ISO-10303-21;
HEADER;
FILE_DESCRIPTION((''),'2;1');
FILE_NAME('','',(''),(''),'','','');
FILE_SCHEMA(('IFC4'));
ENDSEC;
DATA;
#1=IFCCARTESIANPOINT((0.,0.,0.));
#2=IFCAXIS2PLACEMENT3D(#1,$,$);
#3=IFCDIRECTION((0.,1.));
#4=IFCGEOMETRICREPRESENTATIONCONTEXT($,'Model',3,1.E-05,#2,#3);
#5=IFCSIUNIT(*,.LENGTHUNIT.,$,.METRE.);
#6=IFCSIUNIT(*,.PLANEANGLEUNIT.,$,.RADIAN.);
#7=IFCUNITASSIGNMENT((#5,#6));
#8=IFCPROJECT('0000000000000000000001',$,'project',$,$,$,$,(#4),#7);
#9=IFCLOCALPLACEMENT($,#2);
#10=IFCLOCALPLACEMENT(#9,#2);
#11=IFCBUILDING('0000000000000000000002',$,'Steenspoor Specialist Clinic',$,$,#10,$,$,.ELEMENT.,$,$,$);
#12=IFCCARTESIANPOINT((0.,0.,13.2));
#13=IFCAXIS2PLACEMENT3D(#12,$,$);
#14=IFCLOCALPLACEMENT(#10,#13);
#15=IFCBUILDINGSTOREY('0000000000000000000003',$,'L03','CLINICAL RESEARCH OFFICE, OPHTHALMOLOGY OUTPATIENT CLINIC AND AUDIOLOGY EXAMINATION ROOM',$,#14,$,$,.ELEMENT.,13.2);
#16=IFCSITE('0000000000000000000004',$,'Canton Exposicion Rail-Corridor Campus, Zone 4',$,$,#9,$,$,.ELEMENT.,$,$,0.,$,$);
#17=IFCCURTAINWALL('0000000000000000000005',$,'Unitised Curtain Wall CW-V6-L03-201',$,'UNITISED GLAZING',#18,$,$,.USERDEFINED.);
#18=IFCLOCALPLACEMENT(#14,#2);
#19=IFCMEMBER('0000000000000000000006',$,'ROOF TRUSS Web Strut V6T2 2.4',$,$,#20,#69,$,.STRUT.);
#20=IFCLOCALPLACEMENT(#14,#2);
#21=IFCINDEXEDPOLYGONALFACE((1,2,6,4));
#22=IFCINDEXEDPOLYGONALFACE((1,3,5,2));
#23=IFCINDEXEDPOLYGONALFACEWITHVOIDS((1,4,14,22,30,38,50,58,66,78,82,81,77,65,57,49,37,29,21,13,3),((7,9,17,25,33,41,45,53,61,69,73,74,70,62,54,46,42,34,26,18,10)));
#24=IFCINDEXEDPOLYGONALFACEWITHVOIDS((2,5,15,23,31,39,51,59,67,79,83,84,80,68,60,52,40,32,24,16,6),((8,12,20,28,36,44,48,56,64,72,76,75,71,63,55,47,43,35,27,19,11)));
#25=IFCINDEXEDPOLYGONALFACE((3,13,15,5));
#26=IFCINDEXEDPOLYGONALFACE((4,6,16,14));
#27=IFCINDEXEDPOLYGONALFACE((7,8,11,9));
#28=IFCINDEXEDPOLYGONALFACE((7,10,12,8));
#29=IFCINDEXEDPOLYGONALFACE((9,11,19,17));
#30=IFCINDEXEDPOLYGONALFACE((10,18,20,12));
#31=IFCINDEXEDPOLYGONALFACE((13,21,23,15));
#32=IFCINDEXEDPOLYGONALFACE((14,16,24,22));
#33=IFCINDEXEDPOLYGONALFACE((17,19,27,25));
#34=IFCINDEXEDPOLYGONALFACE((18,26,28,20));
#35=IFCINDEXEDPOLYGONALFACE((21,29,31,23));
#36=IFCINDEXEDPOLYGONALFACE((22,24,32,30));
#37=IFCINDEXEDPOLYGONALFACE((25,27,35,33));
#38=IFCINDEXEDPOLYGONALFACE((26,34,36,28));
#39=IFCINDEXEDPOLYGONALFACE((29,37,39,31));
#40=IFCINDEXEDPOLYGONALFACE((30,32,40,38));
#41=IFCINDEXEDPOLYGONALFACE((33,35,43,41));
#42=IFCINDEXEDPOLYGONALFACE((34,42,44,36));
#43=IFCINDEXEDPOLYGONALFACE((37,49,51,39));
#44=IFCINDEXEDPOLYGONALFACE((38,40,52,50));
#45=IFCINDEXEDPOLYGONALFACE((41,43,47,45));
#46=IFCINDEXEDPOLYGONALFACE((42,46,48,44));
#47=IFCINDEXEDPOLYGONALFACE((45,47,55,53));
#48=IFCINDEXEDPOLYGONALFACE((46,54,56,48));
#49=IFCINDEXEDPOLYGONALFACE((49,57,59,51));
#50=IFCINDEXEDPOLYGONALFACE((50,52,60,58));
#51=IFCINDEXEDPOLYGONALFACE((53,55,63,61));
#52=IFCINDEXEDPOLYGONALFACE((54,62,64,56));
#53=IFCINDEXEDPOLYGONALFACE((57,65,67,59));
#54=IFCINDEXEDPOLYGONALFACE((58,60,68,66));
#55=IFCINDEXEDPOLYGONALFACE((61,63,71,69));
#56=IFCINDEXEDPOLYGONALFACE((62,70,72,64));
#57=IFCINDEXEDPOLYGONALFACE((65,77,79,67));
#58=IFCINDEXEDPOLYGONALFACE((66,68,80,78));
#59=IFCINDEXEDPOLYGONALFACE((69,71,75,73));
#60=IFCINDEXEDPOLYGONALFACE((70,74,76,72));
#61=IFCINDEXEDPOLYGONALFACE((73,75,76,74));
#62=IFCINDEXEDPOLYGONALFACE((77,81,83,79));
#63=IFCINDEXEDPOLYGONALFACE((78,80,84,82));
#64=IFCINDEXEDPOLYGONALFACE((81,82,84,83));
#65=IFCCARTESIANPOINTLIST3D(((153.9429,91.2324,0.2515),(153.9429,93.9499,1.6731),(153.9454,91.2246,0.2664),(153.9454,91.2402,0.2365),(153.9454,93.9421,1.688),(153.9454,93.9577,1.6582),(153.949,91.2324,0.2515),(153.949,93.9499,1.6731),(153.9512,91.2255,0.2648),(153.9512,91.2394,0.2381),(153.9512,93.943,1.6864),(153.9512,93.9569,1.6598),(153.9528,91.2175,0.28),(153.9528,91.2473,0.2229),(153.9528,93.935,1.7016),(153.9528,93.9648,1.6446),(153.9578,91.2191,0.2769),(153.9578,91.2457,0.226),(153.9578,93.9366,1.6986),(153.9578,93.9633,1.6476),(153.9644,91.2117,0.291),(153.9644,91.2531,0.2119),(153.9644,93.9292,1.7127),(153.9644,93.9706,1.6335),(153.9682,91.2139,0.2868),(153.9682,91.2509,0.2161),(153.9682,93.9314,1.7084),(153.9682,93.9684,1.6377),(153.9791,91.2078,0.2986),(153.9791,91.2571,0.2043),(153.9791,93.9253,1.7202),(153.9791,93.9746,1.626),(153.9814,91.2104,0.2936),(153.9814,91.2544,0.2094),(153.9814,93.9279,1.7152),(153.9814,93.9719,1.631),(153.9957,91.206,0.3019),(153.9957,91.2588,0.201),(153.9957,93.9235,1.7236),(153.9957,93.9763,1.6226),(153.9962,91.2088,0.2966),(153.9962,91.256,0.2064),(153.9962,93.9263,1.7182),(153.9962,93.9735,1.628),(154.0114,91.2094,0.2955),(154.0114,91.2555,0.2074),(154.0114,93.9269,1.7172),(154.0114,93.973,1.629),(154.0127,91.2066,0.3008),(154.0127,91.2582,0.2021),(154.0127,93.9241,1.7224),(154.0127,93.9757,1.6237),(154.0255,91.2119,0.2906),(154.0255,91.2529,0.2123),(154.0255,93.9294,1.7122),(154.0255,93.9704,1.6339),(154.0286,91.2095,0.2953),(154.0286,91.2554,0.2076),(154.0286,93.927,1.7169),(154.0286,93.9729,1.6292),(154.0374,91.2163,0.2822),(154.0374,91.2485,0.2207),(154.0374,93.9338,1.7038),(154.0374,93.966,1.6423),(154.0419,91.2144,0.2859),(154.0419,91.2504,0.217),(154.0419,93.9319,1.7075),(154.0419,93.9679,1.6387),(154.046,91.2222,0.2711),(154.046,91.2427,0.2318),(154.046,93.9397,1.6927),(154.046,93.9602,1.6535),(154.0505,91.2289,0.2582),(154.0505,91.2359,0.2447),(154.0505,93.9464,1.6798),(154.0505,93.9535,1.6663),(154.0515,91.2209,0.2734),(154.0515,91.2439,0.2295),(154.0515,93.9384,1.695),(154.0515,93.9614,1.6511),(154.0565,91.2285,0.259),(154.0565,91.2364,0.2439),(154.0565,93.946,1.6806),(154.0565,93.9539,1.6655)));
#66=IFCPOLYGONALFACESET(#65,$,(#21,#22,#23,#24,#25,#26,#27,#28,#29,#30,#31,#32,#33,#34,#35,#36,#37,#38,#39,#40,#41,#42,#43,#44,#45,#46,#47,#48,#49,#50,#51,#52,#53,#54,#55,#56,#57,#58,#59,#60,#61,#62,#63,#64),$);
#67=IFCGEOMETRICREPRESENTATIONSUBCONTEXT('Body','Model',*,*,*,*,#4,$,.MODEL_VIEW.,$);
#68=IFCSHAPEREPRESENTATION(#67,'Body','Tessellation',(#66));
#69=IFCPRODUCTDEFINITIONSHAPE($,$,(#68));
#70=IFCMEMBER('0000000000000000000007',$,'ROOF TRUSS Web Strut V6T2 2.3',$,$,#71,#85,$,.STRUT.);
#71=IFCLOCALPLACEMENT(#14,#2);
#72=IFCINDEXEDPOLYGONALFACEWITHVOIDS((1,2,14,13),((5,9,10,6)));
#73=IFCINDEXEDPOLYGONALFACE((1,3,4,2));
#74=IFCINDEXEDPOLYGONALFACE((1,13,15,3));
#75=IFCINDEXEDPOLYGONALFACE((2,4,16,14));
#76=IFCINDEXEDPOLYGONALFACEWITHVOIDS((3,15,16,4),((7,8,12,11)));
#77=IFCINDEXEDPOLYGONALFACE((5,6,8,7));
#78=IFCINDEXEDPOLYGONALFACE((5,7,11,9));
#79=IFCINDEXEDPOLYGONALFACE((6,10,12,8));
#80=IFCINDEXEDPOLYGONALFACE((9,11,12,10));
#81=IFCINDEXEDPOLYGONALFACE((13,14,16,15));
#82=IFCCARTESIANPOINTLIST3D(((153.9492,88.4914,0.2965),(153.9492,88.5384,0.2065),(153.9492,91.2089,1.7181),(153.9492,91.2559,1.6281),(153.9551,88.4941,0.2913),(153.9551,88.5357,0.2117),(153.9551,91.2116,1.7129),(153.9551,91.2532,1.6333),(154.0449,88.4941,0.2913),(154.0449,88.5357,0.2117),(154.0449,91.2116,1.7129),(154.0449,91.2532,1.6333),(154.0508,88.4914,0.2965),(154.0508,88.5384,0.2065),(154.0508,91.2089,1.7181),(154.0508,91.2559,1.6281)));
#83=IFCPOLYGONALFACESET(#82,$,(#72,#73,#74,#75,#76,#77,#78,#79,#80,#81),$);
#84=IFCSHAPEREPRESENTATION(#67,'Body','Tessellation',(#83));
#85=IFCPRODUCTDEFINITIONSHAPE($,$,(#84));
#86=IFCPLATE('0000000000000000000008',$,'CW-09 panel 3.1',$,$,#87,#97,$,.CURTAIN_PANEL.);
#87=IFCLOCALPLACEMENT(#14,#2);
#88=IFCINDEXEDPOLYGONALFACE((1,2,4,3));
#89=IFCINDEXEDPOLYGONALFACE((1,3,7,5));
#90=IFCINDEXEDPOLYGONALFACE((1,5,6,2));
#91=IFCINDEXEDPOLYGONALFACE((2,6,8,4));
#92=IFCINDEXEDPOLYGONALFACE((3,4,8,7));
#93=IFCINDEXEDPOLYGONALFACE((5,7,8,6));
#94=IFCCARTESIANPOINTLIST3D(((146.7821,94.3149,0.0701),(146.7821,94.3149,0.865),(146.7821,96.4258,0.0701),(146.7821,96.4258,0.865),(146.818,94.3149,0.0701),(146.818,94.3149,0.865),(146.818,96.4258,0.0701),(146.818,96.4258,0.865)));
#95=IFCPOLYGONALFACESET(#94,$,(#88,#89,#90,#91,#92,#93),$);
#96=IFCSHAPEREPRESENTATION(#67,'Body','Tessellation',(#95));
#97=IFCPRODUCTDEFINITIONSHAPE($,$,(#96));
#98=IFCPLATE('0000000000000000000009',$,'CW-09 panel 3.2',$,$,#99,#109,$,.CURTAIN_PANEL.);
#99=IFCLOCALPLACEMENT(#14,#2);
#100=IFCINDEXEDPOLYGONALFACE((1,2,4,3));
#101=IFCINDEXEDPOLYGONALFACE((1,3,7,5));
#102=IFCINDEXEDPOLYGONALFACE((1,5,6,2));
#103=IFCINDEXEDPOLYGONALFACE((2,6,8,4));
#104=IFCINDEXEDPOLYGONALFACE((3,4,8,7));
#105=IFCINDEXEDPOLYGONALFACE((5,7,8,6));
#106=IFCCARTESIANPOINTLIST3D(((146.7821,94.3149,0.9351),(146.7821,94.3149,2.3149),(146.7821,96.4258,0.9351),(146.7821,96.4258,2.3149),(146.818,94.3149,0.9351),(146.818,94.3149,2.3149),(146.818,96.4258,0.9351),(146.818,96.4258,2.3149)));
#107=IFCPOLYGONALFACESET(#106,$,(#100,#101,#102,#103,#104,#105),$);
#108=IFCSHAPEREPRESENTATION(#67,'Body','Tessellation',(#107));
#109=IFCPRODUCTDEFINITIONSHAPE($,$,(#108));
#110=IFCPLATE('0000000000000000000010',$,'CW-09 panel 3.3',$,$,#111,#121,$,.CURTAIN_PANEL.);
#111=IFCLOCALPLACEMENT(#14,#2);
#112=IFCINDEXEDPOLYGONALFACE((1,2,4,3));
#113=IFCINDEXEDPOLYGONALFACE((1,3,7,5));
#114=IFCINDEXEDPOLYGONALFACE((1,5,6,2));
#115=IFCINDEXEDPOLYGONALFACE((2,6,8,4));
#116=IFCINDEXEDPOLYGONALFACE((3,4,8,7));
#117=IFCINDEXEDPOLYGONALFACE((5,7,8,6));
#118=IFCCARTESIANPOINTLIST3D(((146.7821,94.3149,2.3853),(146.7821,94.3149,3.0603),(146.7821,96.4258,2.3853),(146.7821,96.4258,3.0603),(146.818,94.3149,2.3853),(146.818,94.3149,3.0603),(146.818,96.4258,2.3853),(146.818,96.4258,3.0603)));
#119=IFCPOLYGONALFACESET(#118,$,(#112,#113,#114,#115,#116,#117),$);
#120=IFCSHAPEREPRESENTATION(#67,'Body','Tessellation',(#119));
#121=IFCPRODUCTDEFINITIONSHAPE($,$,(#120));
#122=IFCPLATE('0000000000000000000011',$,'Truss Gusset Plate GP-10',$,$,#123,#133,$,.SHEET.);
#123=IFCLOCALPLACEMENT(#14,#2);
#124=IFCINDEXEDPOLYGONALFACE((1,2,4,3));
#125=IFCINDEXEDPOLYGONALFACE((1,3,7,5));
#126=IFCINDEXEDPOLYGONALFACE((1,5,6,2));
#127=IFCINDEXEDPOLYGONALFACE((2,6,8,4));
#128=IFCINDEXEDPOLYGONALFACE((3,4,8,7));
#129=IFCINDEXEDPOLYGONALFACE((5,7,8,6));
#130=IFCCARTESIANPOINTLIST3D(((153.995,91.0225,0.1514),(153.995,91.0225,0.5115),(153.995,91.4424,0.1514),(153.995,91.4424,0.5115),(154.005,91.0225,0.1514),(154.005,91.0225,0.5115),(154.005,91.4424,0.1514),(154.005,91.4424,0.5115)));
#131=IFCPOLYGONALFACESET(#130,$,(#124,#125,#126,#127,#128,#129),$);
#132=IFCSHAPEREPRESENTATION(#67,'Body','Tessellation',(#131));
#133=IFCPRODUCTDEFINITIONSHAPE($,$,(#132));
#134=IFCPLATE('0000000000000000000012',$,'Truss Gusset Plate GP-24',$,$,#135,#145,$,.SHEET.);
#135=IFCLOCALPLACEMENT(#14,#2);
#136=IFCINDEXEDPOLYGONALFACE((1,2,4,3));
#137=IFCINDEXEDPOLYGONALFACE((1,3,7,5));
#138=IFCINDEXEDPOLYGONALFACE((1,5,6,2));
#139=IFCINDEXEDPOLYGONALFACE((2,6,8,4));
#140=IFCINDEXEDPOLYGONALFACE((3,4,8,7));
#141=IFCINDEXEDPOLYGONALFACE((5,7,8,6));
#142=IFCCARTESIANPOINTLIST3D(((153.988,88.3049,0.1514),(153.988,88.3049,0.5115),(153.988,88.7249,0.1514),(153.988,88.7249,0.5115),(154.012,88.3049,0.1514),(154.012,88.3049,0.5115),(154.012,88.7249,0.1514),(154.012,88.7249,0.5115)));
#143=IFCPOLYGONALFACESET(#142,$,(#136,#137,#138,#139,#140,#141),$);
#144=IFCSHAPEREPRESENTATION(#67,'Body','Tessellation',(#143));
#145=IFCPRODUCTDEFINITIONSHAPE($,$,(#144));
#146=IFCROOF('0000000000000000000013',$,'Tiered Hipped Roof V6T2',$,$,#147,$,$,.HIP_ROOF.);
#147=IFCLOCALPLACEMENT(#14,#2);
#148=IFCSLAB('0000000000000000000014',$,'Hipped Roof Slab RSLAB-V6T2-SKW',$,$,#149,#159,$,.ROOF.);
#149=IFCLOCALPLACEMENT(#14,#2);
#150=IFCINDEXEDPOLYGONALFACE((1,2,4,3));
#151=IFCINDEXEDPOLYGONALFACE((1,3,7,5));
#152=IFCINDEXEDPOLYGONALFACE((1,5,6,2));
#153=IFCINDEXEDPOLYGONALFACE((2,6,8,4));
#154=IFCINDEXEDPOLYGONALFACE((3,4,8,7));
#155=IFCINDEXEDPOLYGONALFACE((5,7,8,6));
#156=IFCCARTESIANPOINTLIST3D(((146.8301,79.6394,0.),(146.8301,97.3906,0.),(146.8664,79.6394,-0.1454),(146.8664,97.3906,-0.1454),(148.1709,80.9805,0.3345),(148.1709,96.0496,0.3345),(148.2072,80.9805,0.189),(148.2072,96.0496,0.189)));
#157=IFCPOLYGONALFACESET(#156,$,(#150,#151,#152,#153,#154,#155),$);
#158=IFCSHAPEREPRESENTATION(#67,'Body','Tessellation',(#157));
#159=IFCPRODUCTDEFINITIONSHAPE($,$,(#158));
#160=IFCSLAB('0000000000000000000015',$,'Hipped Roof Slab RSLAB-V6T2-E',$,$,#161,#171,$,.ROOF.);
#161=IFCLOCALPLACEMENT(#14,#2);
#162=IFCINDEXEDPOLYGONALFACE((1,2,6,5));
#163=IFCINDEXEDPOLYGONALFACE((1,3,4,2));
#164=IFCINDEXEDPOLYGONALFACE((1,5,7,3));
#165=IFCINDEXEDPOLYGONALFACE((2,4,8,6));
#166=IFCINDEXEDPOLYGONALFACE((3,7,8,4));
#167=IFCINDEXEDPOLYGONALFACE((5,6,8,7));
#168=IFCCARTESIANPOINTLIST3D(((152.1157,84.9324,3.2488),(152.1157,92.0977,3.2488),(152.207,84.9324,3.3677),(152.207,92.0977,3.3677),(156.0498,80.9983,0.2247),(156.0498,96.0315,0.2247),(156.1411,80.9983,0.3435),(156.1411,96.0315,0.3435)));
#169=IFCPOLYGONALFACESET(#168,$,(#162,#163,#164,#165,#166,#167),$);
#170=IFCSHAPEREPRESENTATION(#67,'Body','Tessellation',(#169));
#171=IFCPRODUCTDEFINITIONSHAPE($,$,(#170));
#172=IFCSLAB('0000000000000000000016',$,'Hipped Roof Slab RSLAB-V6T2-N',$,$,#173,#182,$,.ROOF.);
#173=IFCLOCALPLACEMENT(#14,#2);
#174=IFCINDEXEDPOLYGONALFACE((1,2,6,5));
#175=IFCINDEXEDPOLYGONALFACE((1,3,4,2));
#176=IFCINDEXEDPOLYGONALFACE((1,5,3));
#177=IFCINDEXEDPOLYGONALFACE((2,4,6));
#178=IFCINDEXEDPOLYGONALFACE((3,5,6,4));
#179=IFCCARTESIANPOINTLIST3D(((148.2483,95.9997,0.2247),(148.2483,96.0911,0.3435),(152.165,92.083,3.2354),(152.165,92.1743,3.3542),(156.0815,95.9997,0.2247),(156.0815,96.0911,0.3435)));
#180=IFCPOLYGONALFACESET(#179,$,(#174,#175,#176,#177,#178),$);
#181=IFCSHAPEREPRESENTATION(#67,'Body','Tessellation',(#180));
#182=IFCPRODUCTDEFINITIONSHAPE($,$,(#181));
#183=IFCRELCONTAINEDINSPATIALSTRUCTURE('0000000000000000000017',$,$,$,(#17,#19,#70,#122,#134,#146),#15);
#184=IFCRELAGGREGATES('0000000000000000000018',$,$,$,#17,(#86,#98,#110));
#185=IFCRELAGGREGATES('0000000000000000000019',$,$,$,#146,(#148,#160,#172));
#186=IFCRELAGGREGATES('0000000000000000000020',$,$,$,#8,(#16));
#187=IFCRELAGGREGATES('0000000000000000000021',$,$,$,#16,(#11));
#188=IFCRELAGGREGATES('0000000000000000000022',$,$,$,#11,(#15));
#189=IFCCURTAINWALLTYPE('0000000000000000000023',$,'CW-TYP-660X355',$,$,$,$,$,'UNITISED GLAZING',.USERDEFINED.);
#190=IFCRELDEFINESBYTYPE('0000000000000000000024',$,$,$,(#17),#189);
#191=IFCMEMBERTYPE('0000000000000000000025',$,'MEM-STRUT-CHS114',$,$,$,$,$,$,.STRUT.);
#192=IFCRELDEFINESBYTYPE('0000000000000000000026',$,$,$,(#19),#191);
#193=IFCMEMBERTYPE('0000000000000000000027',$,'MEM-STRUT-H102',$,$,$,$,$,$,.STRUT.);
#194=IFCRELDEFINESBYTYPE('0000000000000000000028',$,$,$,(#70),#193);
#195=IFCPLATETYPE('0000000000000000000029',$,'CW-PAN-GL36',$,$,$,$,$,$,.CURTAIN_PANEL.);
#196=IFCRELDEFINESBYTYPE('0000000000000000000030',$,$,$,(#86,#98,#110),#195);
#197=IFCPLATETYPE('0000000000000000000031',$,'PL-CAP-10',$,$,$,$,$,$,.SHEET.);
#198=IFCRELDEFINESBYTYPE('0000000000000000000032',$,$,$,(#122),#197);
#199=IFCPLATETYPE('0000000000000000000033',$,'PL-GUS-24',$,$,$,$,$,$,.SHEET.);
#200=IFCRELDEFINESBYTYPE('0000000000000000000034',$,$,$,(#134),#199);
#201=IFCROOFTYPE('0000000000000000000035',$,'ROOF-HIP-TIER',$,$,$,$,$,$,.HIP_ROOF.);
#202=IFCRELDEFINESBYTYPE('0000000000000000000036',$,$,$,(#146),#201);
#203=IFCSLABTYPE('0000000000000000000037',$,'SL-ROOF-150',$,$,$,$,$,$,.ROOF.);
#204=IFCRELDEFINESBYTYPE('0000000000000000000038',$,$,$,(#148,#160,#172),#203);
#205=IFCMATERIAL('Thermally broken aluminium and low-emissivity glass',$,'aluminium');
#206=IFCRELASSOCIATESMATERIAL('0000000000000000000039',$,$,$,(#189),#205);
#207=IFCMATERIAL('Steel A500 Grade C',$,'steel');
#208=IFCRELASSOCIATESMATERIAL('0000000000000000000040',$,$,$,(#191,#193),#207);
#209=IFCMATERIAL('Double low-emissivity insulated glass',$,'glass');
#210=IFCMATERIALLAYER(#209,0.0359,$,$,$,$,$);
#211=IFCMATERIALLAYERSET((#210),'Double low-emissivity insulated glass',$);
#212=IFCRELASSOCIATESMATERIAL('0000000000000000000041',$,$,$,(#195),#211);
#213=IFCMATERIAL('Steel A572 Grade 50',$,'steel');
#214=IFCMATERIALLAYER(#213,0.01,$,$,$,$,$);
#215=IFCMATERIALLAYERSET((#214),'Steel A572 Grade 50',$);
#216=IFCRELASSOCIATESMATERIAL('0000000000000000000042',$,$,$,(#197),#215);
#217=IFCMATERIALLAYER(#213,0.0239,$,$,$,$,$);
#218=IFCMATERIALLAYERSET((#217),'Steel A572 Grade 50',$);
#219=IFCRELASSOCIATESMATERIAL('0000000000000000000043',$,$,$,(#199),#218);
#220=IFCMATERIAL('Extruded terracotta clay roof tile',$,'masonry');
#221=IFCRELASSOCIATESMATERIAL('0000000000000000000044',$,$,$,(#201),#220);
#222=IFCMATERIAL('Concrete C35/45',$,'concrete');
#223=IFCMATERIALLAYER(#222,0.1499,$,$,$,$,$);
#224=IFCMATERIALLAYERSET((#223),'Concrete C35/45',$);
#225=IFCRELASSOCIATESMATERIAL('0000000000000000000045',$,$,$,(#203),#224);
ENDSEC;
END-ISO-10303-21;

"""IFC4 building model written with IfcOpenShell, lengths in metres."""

from ifc_helpers import new_model, si_unit, direction, frame, origin, origin_2d, place, context, subcontext, project, spatial, polyline, rectangle, hollow_rectangle, hollow_circle, outline, extrude, material, layer, layer_set, material_profile, profile_set, type_object, element, aggregate, save


model = new_model("IFC4")

# Units and contexts
model_context = context("Model", 3, precision=1e-05, world=origin(), true_north=direction((0.0, 1.0)))
body_context = subcontext(model_context, "Body", "Model", "MODEL_VIEW")
ifc_project = project(units=[si_unit("LENGTHUNIT", "METRE"), si_unit("PLANEANGLEUNIT", "RADIAN")], contexts=[model_context])

# Site, building, storey
site_placement = place(None, origin())
site = spatial("IfcSite", under=ifc_project, at=site_placement, Name="Canton Exposicion Rail-Corridor Campus, Zone 4", CompositionType="ELEMENT", RefElevation=0.0)
building_placement = place(site_placement, origin())
building = spatial("IfcBuilding", under=site, at=building_placement, Name="Steenspoor Specialist Clinic", CompositionType="ELEMENT")
storey_placement = place(building_placement, frame((0.0, 0.0, 13.2)))
storey = spatial("IfcBuildingStorey", under=building, at=storey_placement, Name="L03", Description="CLINICAL RESEARCH OFFICE, OPHTHALMOLOGY OUTPATIENT CLINIC AND AUDIOLOGY EXAMINATION ROOM", CompositionType="ELEMENT", Elevation=13.2)

# Curtain wall
ifc_material_1 = material(Name="Thermally broken aluminium and low-emissivity glass", Category="aluminium")
curtain_wall_type = type_object("IfcCurtainWallType", Name="CW-TYP-660X355", ElementType="UNITISED GLAZING", PredefinedType="USERDEFINED", material=ifc_material_1)
curtain_wall_placement = place(storey_placement, origin())
curtain_wall = element("IfcCurtainWall", 1, at=curtain_wall_placement, inside=storey, type_object=curtain_wall_type, Name="Unitised Curtain Wall CW-V6-L03-201", ObjectType="UNITISED GLAZING", PredefinedType="USERDEFINED")

# Members
ifc_material_2 = material(Name="Steel A500 Grade C", Category="steel")
ifc_material_profile_1 = material_profile(ifc_material_2, hollow_circle(Radius=0.0571, WallThickness=0.0061, at=origin_2d()), Name="CHS114X6.0")
ifc_profile_set_1 = profile_set([ifc_material_profile_1], Name="Steel A500 Grade C")
member_type_1 = type_object("IfcMemberType", Name="MEM-STRUT-CHS114", PredefinedType="STRUT", material=ifc_profile_set_1)
member_1_placement = place(storey_placement, frame((154.0, 91.2324, 0.2515), z_axis=(0.0, 0.886078, 0.463537), x_axis=(-1.0, 0.0, 0.0)))
element("IfcMember", 2, at=member_1_placement, inside=storey, type_object=member_type_1, Name="ROOF TRUSS Web Strut V6T2 2.4", PredefinedType="STRUT", context=body_context, shape_type="SweptSolid", body=[
    extrude(hollow_circle(Radius=0.0571, WallThickness=0.0061, at=origin_2d()), origin(), (0.0, 0.0, 1.0), 3.0669),
])
ifc_material_profile_2 = material_profile(ifc_material_2, hollow_rectangle(XDim=0.1016, YDim=0.1016, WallThickness=0.0059, at=origin_2d()), Name="HSS102X102X6.4")
ifc_profile_set_2 = profile_set([ifc_material_profile_2], Name="Steel A500 Grade C")
member_type_2 = type_object("IfcMemberType", Name="MEM-STRUT-H102", PredefinedType="STRUT", material=ifc_profile_set_2)
member_2_placement = place(storey_placement, frame((154.0, 88.5149, 0.2515), z_axis=(0.0, 0.886078, 0.463537), x_axis=(-1.0, 0.0, 0.0)))
element("IfcMember", 3, at=member_2_placement, inside=storey, type_object=member_type_2, Name="ROOF TRUSS Web Strut V6T2 2.3", PredefinedType="STRUT", context=body_context, shape_type="SweptSolid", body=[
    extrude(hollow_rectangle(XDim=0.1016, YDim=0.1016, WallThickness=0.0059, at=origin_2d()), origin(), (0.0, 0.0, 1.0), 3.0669),
])

# Plates
ifc_material_3 = material(Name="Double low-emissivity insulated glass", Category="glass")
ifc_layer_1 = layer(ifc_material_3, 0.0359)
ifc_layer_set_1 = layer_set([ifc_layer_1], Name="Double low-emissivity insulated glass")
plate_type_1 = type_object("IfcPlateType", Name="CW-PAN-GL36", PredefinedType="CURTAIN_PANEL", material=ifc_layer_set_1)
plate_1_placement = place(storey_placement, frame((146.8, 95.3704, 0.0701), z_axis=(0.0, 0.0, 1.0), x_axis=(0.0, -1.0, 0.0)))
plate_1 = element("IfcPlate", 4, at=plate_1_placement, type_object=plate_type_1, Name="CW-09 panel 3.1", PredefinedType="CURTAIN_PANEL", context=body_context, shape_type="SweptSolid", body=[
    extrude(rectangle(XDim=2.1108, YDim=0.0359, at=origin_2d()), origin(), (0.0, 0.0, 1.0), 0.7949),
])
plate_2_placement = place(storey_placement, frame((146.8, 95.3704, 0.9351), z_axis=(0.0, 0.0, 1.0), x_axis=(0.0, -1.0, 0.0)))
plate_2 = element("IfcPlate", 5, at=plate_2_placement, type_object=plate_type_1, Name="CW-09 panel 3.2", PredefinedType="CURTAIN_PANEL", context=body_context, shape_type="SweptSolid", body=[
    extrude(rectangle(XDim=2.1108, YDim=0.0359, at=origin_2d()), origin(), (0.0, 0.0, 1.0), 1.3799),
])
plate_3_placement = place(storey_placement, frame((146.8, 95.3704, 2.3853), z_axis=(0.0, 0.0, 1.0), x_axis=(0.0, -1.0, 0.0)))
plate_3 = element("IfcPlate", 6, at=plate_3_placement, type_object=plate_type_1, Name="CW-09 panel 3.3", PredefinedType="CURTAIN_PANEL", context=body_context, shape_type="SweptSolid", body=[
    extrude(rectangle(XDim=2.1108, YDim=0.0359, at=origin_2d()), origin(), (0.0, 0.0, 1.0), 0.675),
])
aggregate(curtain_wall, [plate_1, plate_2, plate_3])

# Plates
ifc_material_4 = material(Name="Steel A572 Grade 50", Category="steel")
ifc_layer_2 = layer(ifc_material_4, 0.01)
ifc_layer_set_2 = layer_set([ifc_layer_2], Name="Steel A572 Grade 50")
plate_type_2 = type_object("IfcPlateType", Name="PL-CAP-10", PredefinedType="SHEET", material=ifc_layer_set_2)
plate_4_placement = place(storey_placement, frame((154.0, 91.2324, 0.1514), z_axis=(0.0, 0.0, 1.0), x_axis=(1.0, 0.0, 0.0)))
element("IfcPlate", 7, at=plate_4_placement, inside=storey, type_object=plate_type_2, Name="Truss Gusset Plate GP-10", PredefinedType="SHEET", context=body_context, shape_type="SweptSolid", body=[
    extrude(rectangle(XDim=0.01, YDim=0.4199, at=origin_2d()), origin(), (0.0, 0.0, 1.0), 0.3601),
])
ifc_layer_3 = layer(ifc_material_4, 0.0239)
ifc_layer_set_3 = layer_set([ifc_layer_3], Name="Steel A572 Grade 50")
plate_type_3 = type_object("IfcPlateType", Name="PL-GUS-24", PredefinedType="SHEET", material=ifc_layer_set_3)
plate_5_placement = place(storey_placement, frame((154.0, 88.5149, 0.1514), z_axis=(0.0, 0.0, 1.0), x_axis=(1.0, 0.0, 0.0)))
element("IfcPlate", 8, at=plate_5_placement, inside=storey, type_object=plate_type_3, Name="Truss Gusset Plate GP-24", PredefinedType="SHEET", context=body_context, shape_type="SweptSolid", body=[
    extrude(rectangle(XDim=0.0239, YDim=0.4199, at=origin_2d()), origin(), (0.0, 0.0, 1.0), 0.3601),
])

# Roof, slabs
ifc_material_5 = material(Name="Extruded terracotta clay roof tile", Category="masonry")
roof_type = type_object("IfcRoofType", Name="ROOF-HIP-TIER", PredefinedType="HIP_ROOF", material=ifc_material_5)
roof_placement = place(storey_placement, origin())
roof = element("IfcRoof", 9, at=roof_placement, inside=storey, type_object=roof_type, Name="Tiered Hipped Roof V6T2", PredefinedType="HIP_ROOF")
ifc_material_6 = material(Name="Concrete C35/45", Category="concrete")
ifc_layer_4 = layer(ifc_material_6, 0.1499)
ifc_layer_set_4 = layer_set([ifc_layer_4], Name="Concrete C35/45")
slab_type = type_object("IfcSlabType", Name="SL-ROOF-150", PredefinedType="ROOF", material=ifc_layer_set_4)
slab_1_placement = place(storey_placement, frame((148.1709, 96.0496, 0.3345), z_axis=(-0.242037, 0.0, 0.970267), x_axis=(-0.696295, 0.696422, -0.173693)))
slab_1 = element("IfcSlab", 10, at=slab_1_placement, type_object=slab_type, Name="Hipped Roof Slab RSLAB-V6T2-SKW", PredefinedType="ROOF", context=body_context, shape_type="SweptSolid", body=[
    extrude(outline(polyline([(0.0, 0.0), (1.9256, 0.0), (-10.4367, 12.7389), (-10.4944, 10.8141), (0.0, 0.0)])), origin(), (0.0, 0.0, -1.0), 0.1499),
])
slab_2_placement = place(storey_placement, frame((156.1411, 96.0315, 0.3435), z_axis=(0.609452, 0.0, 0.792823), x_axis=(-0.621275, -0.621236, 0.47758)))
slab_2 = element("IfcSlab", 11, at=slab_2_placement, type_object=slab_type, Name="Hipped Roof Slab RSLAB-V6T2-E", PredefinedType="ROOF", context=body_context, shape_type="SweptSolid", body=[
    extrude(outline(polyline([(0.0, 0.0), (6.3323, 0.0), (10.7836, 5.6149), (9.3392, 11.7804), (0.0, 0.0)])), origin(), (0.0, 0.0, -1.0), 0.1499),
])
slab_3_placement = place(storey_placement, frame((152.165, 92.1743, 3.3542), z_axis=(0.0, 0.609438, 0.792833), x_axis=(0.621241, 0.62128, -0.477568)))
slab_3 = element("IfcSlab", 12, at=slab_3_placement, type_object=slab_type, Name="Hipped Roof Slab RSLAB-V6T2-N", PredefinedType="ROOF", context=body_context, shape_type="SweptSolid", body=[
    extrude(outline(polyline([(0.0, 0.0), (6.3043, 0.0), (1.438, 6.1383), (0.0, 0.0)])), origin(), (0.0, 0.0, -1.0), 0.1499),
])
aggregate(roof, [slab_1, slab_2, slab_3])

save(model, "model.ifc")
